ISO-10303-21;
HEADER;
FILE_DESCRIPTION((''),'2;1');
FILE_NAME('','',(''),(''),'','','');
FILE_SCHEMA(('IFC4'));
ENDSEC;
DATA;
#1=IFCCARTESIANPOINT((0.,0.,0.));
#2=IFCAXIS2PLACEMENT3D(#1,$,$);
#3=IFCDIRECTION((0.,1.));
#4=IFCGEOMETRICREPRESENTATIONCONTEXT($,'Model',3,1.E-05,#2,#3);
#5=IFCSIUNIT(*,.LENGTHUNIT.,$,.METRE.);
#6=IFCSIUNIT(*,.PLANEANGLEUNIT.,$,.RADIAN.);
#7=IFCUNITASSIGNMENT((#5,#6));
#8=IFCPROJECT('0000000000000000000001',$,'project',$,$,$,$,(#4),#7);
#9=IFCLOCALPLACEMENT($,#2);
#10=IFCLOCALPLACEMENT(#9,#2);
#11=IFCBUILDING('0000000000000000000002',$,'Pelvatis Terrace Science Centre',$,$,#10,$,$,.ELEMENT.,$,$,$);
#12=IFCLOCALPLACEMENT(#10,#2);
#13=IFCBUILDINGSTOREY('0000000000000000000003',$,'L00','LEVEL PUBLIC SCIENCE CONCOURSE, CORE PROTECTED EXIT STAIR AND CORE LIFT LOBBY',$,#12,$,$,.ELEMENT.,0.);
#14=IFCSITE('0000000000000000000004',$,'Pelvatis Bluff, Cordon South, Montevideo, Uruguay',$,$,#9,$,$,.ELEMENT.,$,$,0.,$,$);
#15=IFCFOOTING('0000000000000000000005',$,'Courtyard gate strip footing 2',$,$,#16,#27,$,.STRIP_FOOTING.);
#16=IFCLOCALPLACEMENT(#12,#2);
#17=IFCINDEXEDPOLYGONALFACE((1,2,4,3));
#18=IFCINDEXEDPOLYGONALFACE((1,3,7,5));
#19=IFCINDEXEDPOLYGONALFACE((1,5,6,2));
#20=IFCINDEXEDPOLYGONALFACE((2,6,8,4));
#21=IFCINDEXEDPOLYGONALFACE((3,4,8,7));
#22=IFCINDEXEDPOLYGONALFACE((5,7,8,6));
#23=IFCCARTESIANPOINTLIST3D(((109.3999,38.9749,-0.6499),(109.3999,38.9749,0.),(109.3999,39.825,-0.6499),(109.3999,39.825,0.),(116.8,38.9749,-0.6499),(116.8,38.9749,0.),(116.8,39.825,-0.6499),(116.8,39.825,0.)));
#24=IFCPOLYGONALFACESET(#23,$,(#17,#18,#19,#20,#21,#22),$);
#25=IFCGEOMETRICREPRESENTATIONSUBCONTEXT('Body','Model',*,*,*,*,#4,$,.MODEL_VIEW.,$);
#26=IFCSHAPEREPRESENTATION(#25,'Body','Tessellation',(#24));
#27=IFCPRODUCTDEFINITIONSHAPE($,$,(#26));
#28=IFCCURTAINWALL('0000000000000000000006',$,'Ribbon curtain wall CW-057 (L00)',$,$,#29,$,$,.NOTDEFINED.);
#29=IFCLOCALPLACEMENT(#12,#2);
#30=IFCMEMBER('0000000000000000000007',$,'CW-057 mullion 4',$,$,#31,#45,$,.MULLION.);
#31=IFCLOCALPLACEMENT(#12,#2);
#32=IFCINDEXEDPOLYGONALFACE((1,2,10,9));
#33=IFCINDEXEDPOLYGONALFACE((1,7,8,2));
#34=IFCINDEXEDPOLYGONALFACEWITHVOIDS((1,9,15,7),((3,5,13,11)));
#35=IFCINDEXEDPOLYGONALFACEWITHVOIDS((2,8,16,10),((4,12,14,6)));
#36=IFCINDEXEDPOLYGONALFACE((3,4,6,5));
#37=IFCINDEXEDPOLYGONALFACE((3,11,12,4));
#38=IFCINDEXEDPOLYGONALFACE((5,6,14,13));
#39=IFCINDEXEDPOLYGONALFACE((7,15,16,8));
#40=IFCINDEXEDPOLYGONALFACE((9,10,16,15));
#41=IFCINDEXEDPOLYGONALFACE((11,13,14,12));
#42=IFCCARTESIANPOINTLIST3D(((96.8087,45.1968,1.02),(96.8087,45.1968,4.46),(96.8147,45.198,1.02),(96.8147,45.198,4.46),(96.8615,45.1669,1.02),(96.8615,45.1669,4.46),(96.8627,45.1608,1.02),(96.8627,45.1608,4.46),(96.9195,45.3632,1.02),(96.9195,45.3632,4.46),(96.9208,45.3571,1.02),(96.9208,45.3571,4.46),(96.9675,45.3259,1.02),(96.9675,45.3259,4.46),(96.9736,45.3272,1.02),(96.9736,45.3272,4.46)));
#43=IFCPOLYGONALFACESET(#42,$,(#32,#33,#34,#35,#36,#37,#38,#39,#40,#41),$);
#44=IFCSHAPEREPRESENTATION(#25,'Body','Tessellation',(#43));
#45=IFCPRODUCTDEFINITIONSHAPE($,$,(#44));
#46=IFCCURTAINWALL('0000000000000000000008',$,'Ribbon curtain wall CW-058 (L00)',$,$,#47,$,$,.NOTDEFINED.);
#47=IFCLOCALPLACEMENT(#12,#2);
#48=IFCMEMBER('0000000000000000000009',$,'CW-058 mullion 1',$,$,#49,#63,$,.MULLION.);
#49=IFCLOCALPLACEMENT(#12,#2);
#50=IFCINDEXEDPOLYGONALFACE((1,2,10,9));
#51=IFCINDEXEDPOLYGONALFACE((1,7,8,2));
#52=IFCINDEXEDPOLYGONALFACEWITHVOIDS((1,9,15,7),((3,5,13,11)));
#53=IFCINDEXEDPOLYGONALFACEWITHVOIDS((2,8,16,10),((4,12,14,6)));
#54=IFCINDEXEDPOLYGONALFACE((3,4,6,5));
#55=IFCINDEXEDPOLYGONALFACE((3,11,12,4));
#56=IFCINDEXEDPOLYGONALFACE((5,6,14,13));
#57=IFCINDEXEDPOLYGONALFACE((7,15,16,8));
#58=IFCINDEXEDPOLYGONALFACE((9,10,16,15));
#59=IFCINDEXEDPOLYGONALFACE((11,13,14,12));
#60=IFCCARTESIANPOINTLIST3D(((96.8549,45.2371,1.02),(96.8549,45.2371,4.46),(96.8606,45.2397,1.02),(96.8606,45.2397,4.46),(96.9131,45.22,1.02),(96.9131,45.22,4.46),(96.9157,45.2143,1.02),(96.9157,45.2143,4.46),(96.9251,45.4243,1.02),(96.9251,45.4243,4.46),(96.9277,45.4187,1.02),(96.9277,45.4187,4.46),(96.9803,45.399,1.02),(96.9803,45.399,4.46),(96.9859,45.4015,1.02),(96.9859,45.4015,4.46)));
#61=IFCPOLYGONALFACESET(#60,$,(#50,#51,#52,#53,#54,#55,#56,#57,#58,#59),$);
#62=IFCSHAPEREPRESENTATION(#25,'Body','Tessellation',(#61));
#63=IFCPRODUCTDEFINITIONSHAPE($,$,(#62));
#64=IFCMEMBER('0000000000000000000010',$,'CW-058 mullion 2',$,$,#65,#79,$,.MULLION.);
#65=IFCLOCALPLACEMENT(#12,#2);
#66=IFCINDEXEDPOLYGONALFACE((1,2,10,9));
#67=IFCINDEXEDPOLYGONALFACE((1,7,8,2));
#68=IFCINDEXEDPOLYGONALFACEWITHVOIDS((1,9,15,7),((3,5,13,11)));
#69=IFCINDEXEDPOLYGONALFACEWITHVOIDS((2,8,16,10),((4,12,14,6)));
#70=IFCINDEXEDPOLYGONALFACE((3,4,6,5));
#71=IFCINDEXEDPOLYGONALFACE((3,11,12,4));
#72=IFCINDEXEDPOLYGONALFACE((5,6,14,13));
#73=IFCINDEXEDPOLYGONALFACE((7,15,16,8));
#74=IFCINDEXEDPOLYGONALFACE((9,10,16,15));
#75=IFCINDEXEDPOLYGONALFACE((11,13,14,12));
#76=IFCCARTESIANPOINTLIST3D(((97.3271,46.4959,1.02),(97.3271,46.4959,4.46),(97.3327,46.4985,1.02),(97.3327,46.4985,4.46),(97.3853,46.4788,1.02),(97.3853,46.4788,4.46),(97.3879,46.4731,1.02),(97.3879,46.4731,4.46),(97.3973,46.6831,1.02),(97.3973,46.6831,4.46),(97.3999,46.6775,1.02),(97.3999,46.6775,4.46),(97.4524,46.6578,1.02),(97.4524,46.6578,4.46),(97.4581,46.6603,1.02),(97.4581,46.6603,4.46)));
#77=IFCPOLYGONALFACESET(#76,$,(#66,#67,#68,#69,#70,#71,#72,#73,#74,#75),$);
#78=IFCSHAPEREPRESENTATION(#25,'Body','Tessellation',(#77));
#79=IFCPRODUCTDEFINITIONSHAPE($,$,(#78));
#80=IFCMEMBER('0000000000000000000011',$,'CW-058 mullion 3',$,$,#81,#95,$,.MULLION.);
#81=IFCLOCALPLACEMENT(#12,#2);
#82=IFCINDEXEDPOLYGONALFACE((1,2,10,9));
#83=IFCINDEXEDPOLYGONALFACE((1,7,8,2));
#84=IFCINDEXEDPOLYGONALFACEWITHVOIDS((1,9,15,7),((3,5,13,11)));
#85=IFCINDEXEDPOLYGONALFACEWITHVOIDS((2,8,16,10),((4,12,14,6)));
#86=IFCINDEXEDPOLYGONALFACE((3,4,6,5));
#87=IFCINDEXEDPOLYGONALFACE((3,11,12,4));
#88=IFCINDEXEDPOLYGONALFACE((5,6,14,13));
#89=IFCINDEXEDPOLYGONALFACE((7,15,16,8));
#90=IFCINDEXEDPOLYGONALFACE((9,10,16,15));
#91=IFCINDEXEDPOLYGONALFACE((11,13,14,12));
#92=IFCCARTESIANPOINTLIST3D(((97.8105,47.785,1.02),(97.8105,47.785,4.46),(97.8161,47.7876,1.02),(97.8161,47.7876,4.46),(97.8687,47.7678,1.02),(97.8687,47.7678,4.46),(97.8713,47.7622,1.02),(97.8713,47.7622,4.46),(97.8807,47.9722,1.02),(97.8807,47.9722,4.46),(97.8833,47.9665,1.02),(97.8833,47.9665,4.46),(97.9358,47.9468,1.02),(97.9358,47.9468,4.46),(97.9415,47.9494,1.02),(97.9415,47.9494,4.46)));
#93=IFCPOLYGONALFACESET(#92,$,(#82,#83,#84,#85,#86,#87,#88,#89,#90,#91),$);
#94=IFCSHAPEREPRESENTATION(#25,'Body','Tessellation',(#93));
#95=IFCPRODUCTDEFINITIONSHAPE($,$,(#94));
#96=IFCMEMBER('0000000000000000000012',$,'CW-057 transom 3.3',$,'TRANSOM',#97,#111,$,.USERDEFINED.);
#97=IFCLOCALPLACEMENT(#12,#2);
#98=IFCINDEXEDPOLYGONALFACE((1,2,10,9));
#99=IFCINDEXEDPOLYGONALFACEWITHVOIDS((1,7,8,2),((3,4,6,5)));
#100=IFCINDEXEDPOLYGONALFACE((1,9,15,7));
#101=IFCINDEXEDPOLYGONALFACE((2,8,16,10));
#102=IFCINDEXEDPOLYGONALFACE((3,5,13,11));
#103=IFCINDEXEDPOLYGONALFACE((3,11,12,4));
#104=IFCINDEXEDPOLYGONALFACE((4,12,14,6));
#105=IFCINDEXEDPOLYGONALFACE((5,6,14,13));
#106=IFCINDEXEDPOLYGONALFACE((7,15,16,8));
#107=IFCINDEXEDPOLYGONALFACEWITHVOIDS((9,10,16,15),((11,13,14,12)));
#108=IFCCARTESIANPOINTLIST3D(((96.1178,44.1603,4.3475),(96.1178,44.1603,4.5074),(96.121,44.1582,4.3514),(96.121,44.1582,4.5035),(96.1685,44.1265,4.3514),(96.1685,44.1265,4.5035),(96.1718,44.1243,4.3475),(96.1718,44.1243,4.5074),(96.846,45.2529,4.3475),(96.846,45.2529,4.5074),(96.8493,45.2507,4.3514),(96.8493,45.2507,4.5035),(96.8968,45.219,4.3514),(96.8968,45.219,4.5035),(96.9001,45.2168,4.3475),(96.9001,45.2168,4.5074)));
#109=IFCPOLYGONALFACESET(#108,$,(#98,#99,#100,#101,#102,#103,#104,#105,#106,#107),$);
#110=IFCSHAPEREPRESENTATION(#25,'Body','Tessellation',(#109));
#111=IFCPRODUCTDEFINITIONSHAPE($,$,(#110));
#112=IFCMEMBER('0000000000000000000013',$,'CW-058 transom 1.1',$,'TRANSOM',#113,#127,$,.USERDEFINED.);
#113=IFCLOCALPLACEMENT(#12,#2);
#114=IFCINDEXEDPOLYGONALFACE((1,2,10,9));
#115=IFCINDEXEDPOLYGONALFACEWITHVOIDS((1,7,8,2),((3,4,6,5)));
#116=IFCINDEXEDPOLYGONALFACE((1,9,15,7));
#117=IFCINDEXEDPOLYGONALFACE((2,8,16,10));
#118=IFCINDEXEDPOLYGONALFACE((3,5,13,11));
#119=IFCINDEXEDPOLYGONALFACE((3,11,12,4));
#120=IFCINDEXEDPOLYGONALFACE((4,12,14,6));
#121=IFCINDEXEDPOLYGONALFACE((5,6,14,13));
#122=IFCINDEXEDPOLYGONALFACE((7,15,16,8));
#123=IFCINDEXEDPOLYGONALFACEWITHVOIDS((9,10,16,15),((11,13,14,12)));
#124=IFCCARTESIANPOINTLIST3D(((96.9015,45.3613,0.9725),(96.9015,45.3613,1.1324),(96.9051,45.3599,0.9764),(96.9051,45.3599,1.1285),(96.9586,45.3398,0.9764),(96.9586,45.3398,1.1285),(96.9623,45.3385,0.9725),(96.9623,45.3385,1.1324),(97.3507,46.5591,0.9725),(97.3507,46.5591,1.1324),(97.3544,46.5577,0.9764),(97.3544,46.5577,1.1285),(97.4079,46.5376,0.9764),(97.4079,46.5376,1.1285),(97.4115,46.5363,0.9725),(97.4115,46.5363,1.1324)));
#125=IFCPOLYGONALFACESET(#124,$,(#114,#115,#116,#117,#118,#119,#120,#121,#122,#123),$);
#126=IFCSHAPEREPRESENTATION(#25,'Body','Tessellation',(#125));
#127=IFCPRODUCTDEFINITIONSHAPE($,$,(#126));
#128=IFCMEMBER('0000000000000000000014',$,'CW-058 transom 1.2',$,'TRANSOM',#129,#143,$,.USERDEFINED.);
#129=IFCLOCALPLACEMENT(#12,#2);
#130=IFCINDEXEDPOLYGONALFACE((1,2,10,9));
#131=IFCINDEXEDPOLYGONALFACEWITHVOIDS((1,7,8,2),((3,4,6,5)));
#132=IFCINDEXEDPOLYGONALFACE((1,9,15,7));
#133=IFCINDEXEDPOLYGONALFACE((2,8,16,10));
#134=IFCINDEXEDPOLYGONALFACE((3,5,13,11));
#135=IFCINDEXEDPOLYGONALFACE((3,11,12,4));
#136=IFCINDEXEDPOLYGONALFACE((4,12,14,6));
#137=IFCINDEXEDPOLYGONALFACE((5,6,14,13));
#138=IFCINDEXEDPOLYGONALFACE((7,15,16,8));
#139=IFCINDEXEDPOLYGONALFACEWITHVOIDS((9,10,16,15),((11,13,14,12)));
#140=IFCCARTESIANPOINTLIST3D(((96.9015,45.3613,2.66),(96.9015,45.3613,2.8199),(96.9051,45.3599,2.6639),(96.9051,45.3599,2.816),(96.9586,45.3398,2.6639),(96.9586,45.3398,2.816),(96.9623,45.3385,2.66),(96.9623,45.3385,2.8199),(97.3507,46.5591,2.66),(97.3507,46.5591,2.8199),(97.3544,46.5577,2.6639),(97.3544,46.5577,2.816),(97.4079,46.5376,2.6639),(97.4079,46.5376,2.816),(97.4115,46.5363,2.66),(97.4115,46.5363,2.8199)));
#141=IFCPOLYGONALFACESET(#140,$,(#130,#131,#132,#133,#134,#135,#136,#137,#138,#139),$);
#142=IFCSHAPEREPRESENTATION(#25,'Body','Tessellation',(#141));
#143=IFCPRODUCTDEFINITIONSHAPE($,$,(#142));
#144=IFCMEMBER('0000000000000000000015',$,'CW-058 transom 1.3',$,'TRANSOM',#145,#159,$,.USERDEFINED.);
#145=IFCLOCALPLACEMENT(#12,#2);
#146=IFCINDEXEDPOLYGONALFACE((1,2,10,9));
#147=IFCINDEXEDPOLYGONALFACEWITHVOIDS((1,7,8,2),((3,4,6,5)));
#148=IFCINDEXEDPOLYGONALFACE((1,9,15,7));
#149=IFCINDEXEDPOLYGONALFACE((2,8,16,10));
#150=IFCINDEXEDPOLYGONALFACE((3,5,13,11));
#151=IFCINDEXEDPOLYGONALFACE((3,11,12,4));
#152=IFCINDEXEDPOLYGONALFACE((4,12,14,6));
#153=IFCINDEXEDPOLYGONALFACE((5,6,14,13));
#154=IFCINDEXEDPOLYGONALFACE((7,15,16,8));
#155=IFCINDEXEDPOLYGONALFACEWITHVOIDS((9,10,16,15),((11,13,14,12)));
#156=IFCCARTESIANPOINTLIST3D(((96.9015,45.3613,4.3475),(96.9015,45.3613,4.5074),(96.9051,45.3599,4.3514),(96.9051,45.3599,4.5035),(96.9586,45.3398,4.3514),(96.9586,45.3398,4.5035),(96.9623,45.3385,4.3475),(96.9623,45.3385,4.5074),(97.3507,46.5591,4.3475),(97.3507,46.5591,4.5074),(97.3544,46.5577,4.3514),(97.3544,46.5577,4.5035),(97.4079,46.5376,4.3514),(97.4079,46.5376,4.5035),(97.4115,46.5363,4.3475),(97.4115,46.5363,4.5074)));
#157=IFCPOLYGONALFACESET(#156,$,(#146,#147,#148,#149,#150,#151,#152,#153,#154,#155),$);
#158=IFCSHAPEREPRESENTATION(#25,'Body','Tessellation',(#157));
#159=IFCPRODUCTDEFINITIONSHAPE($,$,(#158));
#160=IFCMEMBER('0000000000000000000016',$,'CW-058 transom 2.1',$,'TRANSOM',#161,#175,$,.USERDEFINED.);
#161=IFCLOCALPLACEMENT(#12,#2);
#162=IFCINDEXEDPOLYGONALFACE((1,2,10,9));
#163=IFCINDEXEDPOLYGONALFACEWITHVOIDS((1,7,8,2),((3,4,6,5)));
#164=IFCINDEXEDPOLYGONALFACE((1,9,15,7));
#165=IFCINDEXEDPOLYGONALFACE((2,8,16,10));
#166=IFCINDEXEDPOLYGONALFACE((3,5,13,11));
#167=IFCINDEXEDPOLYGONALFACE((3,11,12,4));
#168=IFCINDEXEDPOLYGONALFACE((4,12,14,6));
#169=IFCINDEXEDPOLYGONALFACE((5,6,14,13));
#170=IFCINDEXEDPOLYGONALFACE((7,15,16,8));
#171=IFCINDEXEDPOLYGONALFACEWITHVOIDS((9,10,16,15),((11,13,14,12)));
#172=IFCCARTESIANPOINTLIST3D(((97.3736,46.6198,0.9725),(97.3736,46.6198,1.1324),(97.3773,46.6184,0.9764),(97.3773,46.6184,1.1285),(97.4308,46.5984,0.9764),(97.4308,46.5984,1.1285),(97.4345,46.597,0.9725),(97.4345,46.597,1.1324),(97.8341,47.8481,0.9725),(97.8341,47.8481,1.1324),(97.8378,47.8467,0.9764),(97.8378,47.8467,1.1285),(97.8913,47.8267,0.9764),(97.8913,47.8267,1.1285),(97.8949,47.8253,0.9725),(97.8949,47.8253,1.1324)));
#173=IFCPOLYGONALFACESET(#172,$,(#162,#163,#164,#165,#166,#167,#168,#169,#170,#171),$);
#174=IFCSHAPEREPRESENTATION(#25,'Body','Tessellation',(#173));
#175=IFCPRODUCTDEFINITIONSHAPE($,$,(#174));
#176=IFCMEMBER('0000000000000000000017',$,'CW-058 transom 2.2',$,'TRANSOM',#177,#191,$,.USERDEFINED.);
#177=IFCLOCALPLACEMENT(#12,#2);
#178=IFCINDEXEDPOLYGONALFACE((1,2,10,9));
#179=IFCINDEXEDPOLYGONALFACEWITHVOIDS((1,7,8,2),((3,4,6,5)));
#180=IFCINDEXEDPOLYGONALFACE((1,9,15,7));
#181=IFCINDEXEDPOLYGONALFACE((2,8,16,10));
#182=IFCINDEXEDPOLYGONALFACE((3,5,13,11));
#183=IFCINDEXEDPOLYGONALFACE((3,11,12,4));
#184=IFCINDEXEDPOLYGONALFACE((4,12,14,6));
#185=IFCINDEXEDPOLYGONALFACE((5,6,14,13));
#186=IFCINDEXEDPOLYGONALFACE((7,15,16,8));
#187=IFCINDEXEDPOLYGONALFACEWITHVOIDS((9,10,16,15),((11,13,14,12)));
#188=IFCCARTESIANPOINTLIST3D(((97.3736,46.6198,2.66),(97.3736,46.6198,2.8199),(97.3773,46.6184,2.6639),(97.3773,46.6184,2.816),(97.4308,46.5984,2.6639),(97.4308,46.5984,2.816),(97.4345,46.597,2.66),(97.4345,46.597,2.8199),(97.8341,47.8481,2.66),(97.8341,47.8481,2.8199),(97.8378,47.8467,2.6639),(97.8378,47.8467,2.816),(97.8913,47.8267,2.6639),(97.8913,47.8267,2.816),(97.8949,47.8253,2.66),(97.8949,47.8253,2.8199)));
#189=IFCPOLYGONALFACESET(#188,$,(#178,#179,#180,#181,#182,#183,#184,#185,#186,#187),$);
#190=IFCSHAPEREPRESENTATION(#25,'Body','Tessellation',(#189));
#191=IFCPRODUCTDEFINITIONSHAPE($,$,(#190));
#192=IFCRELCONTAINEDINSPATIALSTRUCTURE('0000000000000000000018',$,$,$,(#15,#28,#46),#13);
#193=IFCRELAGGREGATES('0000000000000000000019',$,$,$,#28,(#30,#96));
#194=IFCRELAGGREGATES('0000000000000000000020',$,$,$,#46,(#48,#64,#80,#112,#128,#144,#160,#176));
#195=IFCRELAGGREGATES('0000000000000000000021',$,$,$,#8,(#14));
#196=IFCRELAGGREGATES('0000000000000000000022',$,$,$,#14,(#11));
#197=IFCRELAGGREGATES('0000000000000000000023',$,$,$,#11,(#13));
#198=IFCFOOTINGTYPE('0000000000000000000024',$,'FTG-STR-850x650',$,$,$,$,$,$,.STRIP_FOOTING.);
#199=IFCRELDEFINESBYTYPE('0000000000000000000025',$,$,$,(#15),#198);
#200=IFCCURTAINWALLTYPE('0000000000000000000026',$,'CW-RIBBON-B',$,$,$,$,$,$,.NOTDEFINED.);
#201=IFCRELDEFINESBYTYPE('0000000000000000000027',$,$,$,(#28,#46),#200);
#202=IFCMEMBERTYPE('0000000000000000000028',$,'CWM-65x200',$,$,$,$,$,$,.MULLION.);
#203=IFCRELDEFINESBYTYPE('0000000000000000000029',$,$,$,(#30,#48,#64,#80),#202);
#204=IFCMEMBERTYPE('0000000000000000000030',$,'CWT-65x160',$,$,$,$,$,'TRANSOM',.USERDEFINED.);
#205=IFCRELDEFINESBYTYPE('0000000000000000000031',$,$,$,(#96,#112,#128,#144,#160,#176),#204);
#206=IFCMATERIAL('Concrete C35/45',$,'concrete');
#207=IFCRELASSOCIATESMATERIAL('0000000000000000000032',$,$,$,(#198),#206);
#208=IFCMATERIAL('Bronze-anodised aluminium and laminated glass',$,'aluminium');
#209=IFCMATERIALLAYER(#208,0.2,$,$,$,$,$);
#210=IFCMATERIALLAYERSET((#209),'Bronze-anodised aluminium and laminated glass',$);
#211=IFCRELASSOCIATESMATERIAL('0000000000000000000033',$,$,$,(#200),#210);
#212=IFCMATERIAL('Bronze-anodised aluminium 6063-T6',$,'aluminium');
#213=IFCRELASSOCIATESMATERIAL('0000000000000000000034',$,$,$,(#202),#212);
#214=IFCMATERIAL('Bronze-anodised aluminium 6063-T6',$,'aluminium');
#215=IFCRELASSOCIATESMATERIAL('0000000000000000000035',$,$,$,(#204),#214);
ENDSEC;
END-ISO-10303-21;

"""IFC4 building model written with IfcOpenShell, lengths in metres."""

from ifc_helpers import new_model, si_unit, direction, frame, origin, origin_2d, place, context, subcontext, project, spatial, rectangle, hollow_rectangle, extrude, material, layer, layer_set, material_profile, profile_set, type_object, element, aggregate, save


model = new_model("IFC4")

# Units and contexts
model_context = context("Model", 3, precision=1e-05, world=origin(), true_north=direction((0.0, 1.0)))
body_context = subcontext(model_context, "Body", "Model", "MODEL_VIEW")
ifc_project = project(units=[si_unit("LENGTHUNIT", "METRE"), si_unit("PLANEANGLEUNIT", "RADIAN")], contexts=[model_context])

# Site, building, storey
site_placement = place(None, origin())
site = spatial("IfcSite", under=ifc_project, at=site_placement, Name="Pelvatis Bluff, Cordon South, Montevideo, Uruguay", CompositionType="ELEMENT", RefElevation=0.0)
building_placement = place(site_placement, origin())
building = spatial("IfcBuilding", under=site, at=building_placement, Name="Pelvatis Terrace Science Centre", CompositionType="ELEMENT")
storey_placement = place(building_placement, origin())
storey = spatial("IfcBuildingStorey", under=building, at=storey_placement, Name="L00", Description="LEVEL PUBLIC SCIENCE CONCOURSE, CORE PROTECTED EXIT STAIR AND CORE LIFT LOBBY", CompositionType="ELEMENT", Elevation=0.0)

# Footing
ifc_material_1 = material(Name="Concrete C35/45", Category="concrete")
ifc_material_profile_1 = material_profile(ifc_material_1, rectangle(XDim=0.8501, YDim=0.6499, at=origin_2d()), Name="RC-STR 850x650")
ifc_profile_set_1 = profile_set([ifc_material_profile_1], Name="Concrete C35/45")
footing_type = type_object("IfcFootingType", Name="FTG-STR-850x650", PredefinedType="STRIP_FOOTING", material=ifc_profile_set_1)
footing_placement = place(storey_placement, frame((109.3999, 39.3999, -0.325), z_axis=(1.0, 0.0, 0.0), x_axis=(0.0, 1.0, 0.0)))
element("IfcFooting", 1, at=footing_placement, inside=storey, type_object=footing_type, Name="Courtyard gate strip footing 2", PredefinedType="STRIP_FOOTING", context=body_context, shape_type="SweptSolid", body=[
    extrude(rectangle(XDim=0.8501, YDim=0.6499, at=origin_2d()), origin(), (0.0, 0.0, 1.0), 7.4001),
])

# Curtain wall, member
ifc_material_2 = material(Name="Bronze-anodised aluminium and laminated glass", Category="aluminium")
ifc_layer_1 = layer(ifc_material_2, 0.2)
ifc_layer_set_1 = layer_set([ifc_layer_1], Name="Bronze-anodised aluminium and laminated glass")
curtain_wall_type = type_object("IfcCurtainWallType", Name="CW-RIBBON-B", PredefinedType="NOTDEFINED", material=ifc_layer_set_1)
curtain_wall_1_placement = place(storey_placement, origin())
curtain_wall_1 = element("IfcCurtainWall", 2, at=curtain_wall_1_placement, inside=storey, type_object=curtain_wall_type, Name="Ribbon curtain wall CW-057 (L00)", PredefinedType="NOTDEFINED")
ifc_material_3 = material(Name="Bronze-anodised aluminium 6063-T6", Category="aluminium")
ifc_material_profile_2 = material_profile(ifc_material_3, hollow_rectangle(XDim=0.0649, YDim=0.2, WallThickness=0.0044, at=origin_2d()), Name="ALU-MUL 65x200")
ifc_profile_set_2 = profile_set([ifc_material_profile_2], Name="Bronze-anodised aluminium 6063-T6")
member_type_1 = type_object("IfcMemberType", Name="CWM-65x200", PredefinedType="MULLION", material=ifc_profile_set_2)
member_1_placement = place(storey_placement, frame((96.8911, 45.262, 1.02), z_axis=(0.0, 0.0, 1.0), x_axis=(-0.832148, 0.554553, 0.0)))
member_1 = element("IfcMember", 3, at=member_1_placement, type_object=member_type_1, Name="CW-057 mullion 4", PredefinedType="MULLION", context=body_context, shape_type="SweptSolid", body=[
    extrude(hollow_rectangle(XDim=0.0649, YDim=0.2, WallThickness=0.0044, at=origin_2d()), origin(), (0.0, 0.0, 1.0), 3.4399),
])

# Curtain wall, members
curtain_wall_2_placement = place(storey_placement, origin())
curtain_wall_2 = element("IfcCurtainWall", 4, at=curtain_wall_2_placement, inside=storey, type_object=curtain_wall_type, Name="Ribbon curtain wall CW-058 (L00)", PredefinedType="NOTDEFINED")
member_2_placement = place(storey_placement, frame((96.9204, 45.3193, 1.02), z_axis=(0.0, 0.0, 1.0), x_axis=(-0.936318, 0.351153, 0.0)))
member_2 = element("IfcMember", 5, at=member_2_placement, type_object=member_type_1, Name="CW-058 mullion 1", PredefinedType="MULLION", context=body_context, shape_type="SweptSolid", body=[
    extrude(hollow_rectangle(XDim=0.0649, YDim=0.2, WallThickness=0.0044, at=origin_2d()), origin(), (0.0, 0.0, 1.0), 3.4399),
])
member_3_placement = place(storey_placement, frame((97.3926, 46.5781, 1.02), z_axis=(0.0, 0.0, 1.0), x_axis=(-0.936318, 0.351153, 0.0)))
member_3 = element("IfcMember", 6, at=member_3_placement, type_object=member_type_1, Name="CW-058 mullion 2", PredefinedType="MULLION", context=body_context, shape_type="SweptSolid", body=[
    extrude(hollow_rectangle(XDim=0.0649, YDim=0.2, WallThickness=0.0044, at=origin_2d()), origin(), (0.0, 0.0, 1.0), 3.4399),
])
member_4_placement = place(storey_placement, frame((97.876, 47.8672, 1.02), z_axis=(0.0, 0.0, 1.0), x_axis=(-0.936318, 0.351153, 0.0)))
member_4 = element("IfcMember", 7, at=member_4_placement, type_object=member_type_1, Name="CW-058 mullion 3", PredefinedType="MULLION", context=body_context, shape_type="SweptSolid", body=[
    extrude(hollow_rectangle(XDim=0.0649, YDim=0.2, WallThickness=0.0044, at=origin_2d()), origin(), (0.0, 0.0, 1.0), 3.4399),
])

# Members
ifc_material_4 = material(Name="Bronze-anodised aluminium 6063-T6", Category="aluminium")
ifc_material_profile_3 = material_profile(ifc_material_4, hollow_rectangle(XDim=0.0649, YDim=0.1599, WallThickness=0.0039, at=origin_2d()), Name="ALU-TRN 65x160")
ifc_profile_set_3 = profile_set([ifc_material_profile_3], Name="Bronze-anodised aluminium 6063-T6")
member_type_2 = type_object("IfcMemberType", Name="CWT-65x160", ElementType="TRANSOM", PredefinedType="USERDEFINED", material=ifc_profile_set_3)
member_5_placement = place(storey_placement, frame((96.1448, 44.1423, 4.4275), z_axis=(0.554657, 0.832079, 0.0), x_axis=(-0.832079, 0.554657, 0.0)))
member_5 = element("IfcMember", 8, at=member_5_placement, type_object=member_type_2, Name="CW-057 transom 3.3", ObjectType="TRANSOM", PredefinedType="USERDEFINED", context=body_context, shape_type="SweptSolid", body=[
    extrude(hollow_rectangle(XDim=0.0649, YDim=0.1599, WallThickness=0.0039, at=origin_2d()), origin(), (0.0, 0.0, 1.0), 1.313),
])
member_6_placement = place(storey_placement, frame((96.9319, 45.3499, 1.0525), z_axis=(0.351165, 0.936313, 0.0), x_axis=(-0.936313, 0.351165, 0.0)))
member_6 = element("IfcMember", 9, at=member_6_placement, type_object=member_type_2, Name="CW-058 transom 1.1", ObjectType="TRANSOM", PredefinedType="USERDEFINED", context=body_context, shape_type="SweptSolid", body=[
    extrude(hollow_rectangle(XDim=0.0649, YDim=0.1599, WallThickness=0.0039, at=origin_2d()), origin(), (0.0, 0.0, 1.0), 1.2793),
])
member_7_placement = place(storey_placement, frame((96.9319, 45.3499, 2.74), z_axis=(0.351165, 0.936313, 0.0), x_axis=(-0.936313, 0.351165, 0.0)))
member_7 = element("IfcMember", 10, at=member_7_placement, type_object=member_type_2, Name="CW-058 transom 1.2", ObjectType="TRANSOM", PredefinedType="USERDEFINED", context=body_context, shape_type="SweptSolid", body=[
    extrude(hollow_rectangle(XDim=0.0649, YDim=0.1599, WallThickness=0.0039, at=origin_2d()), origin(), (0.0, 0.0, 1.0), 1.2793),
])
member_8_placement = place(storey_placement, frame((96.9319, 45.3499, 4.4275), z_axis=(0.351165, 0.936313, 0.0), x_axis=(-0.936313, 0.351165, 0.0)))
member_8 = element("IfcMember", 11, at=member_8_placement, type_object=member_type_2, Name="CW-058 transom 1.3", ObjectType="TRANSOM", PredefinedType="USERDEFINED", context=body_context, shape_type="SweptSolid", body=[
    extrude(hollow_rectangle(XDim=0.0649, YDim=0.1599, WallThickness=0.0039, at=origin_2d()), origin(), (0.0, 0.0, 1.0), 1.2793),
])
member_9_placement = place(storey_placement, frame((97.4041, 46.6084, 1.0525), z_axis=(0.351021, 0.936367, 0.0), x_axis=(-0.936367, 0.351021, 0.0)))
member_9 = element("IfcMember", 12, at=member_9_placement, type_object=member_type_2, Name="CW-058 transom 2.1", ObjectType="TRANSOM", PredefinedType="USERDEFINED", context=body_context, shape_type="SweptSolid", body=[
    extrude(hollow_rectangle(XDim=0.0649, YDim=0.1599, WallThickness=0.0039, at=origin_2d()), origin(), (0.0, 0.0, 1.0), 1.3118),
])
member_10_placement = place(storey_placement, frame((97.4041, 46.6084, 2.74), z_axis=(0.351021, 0.936367, 0.0), x_axis=(-0.936367, 0.351021, 0.0)))
member_10 = element("IfcMember", 13, at=member_10_placement, type_object=member_type_2, Name="CW-058 transom 2.2", ObjectType="TRANSOM", PredefinedType="USERDEFINED", context=body_context, shape_type="SweptSolid", body=[
    extrude(hollow_rectangle(XDim=0.0649, YDim=0.1599, WallThickness=0.0039, at=origin_2d()), origin(), (0.0, 0.0, 1.0), 1.3118),
])

aggregate(curtain_wall_1, [member_1, member_5])
aggregate(curtain_wall_2, [member_2, member_3, member_4, member_6, member_7, member_8, member_9, member_10])

save(model, "model.ifc")
